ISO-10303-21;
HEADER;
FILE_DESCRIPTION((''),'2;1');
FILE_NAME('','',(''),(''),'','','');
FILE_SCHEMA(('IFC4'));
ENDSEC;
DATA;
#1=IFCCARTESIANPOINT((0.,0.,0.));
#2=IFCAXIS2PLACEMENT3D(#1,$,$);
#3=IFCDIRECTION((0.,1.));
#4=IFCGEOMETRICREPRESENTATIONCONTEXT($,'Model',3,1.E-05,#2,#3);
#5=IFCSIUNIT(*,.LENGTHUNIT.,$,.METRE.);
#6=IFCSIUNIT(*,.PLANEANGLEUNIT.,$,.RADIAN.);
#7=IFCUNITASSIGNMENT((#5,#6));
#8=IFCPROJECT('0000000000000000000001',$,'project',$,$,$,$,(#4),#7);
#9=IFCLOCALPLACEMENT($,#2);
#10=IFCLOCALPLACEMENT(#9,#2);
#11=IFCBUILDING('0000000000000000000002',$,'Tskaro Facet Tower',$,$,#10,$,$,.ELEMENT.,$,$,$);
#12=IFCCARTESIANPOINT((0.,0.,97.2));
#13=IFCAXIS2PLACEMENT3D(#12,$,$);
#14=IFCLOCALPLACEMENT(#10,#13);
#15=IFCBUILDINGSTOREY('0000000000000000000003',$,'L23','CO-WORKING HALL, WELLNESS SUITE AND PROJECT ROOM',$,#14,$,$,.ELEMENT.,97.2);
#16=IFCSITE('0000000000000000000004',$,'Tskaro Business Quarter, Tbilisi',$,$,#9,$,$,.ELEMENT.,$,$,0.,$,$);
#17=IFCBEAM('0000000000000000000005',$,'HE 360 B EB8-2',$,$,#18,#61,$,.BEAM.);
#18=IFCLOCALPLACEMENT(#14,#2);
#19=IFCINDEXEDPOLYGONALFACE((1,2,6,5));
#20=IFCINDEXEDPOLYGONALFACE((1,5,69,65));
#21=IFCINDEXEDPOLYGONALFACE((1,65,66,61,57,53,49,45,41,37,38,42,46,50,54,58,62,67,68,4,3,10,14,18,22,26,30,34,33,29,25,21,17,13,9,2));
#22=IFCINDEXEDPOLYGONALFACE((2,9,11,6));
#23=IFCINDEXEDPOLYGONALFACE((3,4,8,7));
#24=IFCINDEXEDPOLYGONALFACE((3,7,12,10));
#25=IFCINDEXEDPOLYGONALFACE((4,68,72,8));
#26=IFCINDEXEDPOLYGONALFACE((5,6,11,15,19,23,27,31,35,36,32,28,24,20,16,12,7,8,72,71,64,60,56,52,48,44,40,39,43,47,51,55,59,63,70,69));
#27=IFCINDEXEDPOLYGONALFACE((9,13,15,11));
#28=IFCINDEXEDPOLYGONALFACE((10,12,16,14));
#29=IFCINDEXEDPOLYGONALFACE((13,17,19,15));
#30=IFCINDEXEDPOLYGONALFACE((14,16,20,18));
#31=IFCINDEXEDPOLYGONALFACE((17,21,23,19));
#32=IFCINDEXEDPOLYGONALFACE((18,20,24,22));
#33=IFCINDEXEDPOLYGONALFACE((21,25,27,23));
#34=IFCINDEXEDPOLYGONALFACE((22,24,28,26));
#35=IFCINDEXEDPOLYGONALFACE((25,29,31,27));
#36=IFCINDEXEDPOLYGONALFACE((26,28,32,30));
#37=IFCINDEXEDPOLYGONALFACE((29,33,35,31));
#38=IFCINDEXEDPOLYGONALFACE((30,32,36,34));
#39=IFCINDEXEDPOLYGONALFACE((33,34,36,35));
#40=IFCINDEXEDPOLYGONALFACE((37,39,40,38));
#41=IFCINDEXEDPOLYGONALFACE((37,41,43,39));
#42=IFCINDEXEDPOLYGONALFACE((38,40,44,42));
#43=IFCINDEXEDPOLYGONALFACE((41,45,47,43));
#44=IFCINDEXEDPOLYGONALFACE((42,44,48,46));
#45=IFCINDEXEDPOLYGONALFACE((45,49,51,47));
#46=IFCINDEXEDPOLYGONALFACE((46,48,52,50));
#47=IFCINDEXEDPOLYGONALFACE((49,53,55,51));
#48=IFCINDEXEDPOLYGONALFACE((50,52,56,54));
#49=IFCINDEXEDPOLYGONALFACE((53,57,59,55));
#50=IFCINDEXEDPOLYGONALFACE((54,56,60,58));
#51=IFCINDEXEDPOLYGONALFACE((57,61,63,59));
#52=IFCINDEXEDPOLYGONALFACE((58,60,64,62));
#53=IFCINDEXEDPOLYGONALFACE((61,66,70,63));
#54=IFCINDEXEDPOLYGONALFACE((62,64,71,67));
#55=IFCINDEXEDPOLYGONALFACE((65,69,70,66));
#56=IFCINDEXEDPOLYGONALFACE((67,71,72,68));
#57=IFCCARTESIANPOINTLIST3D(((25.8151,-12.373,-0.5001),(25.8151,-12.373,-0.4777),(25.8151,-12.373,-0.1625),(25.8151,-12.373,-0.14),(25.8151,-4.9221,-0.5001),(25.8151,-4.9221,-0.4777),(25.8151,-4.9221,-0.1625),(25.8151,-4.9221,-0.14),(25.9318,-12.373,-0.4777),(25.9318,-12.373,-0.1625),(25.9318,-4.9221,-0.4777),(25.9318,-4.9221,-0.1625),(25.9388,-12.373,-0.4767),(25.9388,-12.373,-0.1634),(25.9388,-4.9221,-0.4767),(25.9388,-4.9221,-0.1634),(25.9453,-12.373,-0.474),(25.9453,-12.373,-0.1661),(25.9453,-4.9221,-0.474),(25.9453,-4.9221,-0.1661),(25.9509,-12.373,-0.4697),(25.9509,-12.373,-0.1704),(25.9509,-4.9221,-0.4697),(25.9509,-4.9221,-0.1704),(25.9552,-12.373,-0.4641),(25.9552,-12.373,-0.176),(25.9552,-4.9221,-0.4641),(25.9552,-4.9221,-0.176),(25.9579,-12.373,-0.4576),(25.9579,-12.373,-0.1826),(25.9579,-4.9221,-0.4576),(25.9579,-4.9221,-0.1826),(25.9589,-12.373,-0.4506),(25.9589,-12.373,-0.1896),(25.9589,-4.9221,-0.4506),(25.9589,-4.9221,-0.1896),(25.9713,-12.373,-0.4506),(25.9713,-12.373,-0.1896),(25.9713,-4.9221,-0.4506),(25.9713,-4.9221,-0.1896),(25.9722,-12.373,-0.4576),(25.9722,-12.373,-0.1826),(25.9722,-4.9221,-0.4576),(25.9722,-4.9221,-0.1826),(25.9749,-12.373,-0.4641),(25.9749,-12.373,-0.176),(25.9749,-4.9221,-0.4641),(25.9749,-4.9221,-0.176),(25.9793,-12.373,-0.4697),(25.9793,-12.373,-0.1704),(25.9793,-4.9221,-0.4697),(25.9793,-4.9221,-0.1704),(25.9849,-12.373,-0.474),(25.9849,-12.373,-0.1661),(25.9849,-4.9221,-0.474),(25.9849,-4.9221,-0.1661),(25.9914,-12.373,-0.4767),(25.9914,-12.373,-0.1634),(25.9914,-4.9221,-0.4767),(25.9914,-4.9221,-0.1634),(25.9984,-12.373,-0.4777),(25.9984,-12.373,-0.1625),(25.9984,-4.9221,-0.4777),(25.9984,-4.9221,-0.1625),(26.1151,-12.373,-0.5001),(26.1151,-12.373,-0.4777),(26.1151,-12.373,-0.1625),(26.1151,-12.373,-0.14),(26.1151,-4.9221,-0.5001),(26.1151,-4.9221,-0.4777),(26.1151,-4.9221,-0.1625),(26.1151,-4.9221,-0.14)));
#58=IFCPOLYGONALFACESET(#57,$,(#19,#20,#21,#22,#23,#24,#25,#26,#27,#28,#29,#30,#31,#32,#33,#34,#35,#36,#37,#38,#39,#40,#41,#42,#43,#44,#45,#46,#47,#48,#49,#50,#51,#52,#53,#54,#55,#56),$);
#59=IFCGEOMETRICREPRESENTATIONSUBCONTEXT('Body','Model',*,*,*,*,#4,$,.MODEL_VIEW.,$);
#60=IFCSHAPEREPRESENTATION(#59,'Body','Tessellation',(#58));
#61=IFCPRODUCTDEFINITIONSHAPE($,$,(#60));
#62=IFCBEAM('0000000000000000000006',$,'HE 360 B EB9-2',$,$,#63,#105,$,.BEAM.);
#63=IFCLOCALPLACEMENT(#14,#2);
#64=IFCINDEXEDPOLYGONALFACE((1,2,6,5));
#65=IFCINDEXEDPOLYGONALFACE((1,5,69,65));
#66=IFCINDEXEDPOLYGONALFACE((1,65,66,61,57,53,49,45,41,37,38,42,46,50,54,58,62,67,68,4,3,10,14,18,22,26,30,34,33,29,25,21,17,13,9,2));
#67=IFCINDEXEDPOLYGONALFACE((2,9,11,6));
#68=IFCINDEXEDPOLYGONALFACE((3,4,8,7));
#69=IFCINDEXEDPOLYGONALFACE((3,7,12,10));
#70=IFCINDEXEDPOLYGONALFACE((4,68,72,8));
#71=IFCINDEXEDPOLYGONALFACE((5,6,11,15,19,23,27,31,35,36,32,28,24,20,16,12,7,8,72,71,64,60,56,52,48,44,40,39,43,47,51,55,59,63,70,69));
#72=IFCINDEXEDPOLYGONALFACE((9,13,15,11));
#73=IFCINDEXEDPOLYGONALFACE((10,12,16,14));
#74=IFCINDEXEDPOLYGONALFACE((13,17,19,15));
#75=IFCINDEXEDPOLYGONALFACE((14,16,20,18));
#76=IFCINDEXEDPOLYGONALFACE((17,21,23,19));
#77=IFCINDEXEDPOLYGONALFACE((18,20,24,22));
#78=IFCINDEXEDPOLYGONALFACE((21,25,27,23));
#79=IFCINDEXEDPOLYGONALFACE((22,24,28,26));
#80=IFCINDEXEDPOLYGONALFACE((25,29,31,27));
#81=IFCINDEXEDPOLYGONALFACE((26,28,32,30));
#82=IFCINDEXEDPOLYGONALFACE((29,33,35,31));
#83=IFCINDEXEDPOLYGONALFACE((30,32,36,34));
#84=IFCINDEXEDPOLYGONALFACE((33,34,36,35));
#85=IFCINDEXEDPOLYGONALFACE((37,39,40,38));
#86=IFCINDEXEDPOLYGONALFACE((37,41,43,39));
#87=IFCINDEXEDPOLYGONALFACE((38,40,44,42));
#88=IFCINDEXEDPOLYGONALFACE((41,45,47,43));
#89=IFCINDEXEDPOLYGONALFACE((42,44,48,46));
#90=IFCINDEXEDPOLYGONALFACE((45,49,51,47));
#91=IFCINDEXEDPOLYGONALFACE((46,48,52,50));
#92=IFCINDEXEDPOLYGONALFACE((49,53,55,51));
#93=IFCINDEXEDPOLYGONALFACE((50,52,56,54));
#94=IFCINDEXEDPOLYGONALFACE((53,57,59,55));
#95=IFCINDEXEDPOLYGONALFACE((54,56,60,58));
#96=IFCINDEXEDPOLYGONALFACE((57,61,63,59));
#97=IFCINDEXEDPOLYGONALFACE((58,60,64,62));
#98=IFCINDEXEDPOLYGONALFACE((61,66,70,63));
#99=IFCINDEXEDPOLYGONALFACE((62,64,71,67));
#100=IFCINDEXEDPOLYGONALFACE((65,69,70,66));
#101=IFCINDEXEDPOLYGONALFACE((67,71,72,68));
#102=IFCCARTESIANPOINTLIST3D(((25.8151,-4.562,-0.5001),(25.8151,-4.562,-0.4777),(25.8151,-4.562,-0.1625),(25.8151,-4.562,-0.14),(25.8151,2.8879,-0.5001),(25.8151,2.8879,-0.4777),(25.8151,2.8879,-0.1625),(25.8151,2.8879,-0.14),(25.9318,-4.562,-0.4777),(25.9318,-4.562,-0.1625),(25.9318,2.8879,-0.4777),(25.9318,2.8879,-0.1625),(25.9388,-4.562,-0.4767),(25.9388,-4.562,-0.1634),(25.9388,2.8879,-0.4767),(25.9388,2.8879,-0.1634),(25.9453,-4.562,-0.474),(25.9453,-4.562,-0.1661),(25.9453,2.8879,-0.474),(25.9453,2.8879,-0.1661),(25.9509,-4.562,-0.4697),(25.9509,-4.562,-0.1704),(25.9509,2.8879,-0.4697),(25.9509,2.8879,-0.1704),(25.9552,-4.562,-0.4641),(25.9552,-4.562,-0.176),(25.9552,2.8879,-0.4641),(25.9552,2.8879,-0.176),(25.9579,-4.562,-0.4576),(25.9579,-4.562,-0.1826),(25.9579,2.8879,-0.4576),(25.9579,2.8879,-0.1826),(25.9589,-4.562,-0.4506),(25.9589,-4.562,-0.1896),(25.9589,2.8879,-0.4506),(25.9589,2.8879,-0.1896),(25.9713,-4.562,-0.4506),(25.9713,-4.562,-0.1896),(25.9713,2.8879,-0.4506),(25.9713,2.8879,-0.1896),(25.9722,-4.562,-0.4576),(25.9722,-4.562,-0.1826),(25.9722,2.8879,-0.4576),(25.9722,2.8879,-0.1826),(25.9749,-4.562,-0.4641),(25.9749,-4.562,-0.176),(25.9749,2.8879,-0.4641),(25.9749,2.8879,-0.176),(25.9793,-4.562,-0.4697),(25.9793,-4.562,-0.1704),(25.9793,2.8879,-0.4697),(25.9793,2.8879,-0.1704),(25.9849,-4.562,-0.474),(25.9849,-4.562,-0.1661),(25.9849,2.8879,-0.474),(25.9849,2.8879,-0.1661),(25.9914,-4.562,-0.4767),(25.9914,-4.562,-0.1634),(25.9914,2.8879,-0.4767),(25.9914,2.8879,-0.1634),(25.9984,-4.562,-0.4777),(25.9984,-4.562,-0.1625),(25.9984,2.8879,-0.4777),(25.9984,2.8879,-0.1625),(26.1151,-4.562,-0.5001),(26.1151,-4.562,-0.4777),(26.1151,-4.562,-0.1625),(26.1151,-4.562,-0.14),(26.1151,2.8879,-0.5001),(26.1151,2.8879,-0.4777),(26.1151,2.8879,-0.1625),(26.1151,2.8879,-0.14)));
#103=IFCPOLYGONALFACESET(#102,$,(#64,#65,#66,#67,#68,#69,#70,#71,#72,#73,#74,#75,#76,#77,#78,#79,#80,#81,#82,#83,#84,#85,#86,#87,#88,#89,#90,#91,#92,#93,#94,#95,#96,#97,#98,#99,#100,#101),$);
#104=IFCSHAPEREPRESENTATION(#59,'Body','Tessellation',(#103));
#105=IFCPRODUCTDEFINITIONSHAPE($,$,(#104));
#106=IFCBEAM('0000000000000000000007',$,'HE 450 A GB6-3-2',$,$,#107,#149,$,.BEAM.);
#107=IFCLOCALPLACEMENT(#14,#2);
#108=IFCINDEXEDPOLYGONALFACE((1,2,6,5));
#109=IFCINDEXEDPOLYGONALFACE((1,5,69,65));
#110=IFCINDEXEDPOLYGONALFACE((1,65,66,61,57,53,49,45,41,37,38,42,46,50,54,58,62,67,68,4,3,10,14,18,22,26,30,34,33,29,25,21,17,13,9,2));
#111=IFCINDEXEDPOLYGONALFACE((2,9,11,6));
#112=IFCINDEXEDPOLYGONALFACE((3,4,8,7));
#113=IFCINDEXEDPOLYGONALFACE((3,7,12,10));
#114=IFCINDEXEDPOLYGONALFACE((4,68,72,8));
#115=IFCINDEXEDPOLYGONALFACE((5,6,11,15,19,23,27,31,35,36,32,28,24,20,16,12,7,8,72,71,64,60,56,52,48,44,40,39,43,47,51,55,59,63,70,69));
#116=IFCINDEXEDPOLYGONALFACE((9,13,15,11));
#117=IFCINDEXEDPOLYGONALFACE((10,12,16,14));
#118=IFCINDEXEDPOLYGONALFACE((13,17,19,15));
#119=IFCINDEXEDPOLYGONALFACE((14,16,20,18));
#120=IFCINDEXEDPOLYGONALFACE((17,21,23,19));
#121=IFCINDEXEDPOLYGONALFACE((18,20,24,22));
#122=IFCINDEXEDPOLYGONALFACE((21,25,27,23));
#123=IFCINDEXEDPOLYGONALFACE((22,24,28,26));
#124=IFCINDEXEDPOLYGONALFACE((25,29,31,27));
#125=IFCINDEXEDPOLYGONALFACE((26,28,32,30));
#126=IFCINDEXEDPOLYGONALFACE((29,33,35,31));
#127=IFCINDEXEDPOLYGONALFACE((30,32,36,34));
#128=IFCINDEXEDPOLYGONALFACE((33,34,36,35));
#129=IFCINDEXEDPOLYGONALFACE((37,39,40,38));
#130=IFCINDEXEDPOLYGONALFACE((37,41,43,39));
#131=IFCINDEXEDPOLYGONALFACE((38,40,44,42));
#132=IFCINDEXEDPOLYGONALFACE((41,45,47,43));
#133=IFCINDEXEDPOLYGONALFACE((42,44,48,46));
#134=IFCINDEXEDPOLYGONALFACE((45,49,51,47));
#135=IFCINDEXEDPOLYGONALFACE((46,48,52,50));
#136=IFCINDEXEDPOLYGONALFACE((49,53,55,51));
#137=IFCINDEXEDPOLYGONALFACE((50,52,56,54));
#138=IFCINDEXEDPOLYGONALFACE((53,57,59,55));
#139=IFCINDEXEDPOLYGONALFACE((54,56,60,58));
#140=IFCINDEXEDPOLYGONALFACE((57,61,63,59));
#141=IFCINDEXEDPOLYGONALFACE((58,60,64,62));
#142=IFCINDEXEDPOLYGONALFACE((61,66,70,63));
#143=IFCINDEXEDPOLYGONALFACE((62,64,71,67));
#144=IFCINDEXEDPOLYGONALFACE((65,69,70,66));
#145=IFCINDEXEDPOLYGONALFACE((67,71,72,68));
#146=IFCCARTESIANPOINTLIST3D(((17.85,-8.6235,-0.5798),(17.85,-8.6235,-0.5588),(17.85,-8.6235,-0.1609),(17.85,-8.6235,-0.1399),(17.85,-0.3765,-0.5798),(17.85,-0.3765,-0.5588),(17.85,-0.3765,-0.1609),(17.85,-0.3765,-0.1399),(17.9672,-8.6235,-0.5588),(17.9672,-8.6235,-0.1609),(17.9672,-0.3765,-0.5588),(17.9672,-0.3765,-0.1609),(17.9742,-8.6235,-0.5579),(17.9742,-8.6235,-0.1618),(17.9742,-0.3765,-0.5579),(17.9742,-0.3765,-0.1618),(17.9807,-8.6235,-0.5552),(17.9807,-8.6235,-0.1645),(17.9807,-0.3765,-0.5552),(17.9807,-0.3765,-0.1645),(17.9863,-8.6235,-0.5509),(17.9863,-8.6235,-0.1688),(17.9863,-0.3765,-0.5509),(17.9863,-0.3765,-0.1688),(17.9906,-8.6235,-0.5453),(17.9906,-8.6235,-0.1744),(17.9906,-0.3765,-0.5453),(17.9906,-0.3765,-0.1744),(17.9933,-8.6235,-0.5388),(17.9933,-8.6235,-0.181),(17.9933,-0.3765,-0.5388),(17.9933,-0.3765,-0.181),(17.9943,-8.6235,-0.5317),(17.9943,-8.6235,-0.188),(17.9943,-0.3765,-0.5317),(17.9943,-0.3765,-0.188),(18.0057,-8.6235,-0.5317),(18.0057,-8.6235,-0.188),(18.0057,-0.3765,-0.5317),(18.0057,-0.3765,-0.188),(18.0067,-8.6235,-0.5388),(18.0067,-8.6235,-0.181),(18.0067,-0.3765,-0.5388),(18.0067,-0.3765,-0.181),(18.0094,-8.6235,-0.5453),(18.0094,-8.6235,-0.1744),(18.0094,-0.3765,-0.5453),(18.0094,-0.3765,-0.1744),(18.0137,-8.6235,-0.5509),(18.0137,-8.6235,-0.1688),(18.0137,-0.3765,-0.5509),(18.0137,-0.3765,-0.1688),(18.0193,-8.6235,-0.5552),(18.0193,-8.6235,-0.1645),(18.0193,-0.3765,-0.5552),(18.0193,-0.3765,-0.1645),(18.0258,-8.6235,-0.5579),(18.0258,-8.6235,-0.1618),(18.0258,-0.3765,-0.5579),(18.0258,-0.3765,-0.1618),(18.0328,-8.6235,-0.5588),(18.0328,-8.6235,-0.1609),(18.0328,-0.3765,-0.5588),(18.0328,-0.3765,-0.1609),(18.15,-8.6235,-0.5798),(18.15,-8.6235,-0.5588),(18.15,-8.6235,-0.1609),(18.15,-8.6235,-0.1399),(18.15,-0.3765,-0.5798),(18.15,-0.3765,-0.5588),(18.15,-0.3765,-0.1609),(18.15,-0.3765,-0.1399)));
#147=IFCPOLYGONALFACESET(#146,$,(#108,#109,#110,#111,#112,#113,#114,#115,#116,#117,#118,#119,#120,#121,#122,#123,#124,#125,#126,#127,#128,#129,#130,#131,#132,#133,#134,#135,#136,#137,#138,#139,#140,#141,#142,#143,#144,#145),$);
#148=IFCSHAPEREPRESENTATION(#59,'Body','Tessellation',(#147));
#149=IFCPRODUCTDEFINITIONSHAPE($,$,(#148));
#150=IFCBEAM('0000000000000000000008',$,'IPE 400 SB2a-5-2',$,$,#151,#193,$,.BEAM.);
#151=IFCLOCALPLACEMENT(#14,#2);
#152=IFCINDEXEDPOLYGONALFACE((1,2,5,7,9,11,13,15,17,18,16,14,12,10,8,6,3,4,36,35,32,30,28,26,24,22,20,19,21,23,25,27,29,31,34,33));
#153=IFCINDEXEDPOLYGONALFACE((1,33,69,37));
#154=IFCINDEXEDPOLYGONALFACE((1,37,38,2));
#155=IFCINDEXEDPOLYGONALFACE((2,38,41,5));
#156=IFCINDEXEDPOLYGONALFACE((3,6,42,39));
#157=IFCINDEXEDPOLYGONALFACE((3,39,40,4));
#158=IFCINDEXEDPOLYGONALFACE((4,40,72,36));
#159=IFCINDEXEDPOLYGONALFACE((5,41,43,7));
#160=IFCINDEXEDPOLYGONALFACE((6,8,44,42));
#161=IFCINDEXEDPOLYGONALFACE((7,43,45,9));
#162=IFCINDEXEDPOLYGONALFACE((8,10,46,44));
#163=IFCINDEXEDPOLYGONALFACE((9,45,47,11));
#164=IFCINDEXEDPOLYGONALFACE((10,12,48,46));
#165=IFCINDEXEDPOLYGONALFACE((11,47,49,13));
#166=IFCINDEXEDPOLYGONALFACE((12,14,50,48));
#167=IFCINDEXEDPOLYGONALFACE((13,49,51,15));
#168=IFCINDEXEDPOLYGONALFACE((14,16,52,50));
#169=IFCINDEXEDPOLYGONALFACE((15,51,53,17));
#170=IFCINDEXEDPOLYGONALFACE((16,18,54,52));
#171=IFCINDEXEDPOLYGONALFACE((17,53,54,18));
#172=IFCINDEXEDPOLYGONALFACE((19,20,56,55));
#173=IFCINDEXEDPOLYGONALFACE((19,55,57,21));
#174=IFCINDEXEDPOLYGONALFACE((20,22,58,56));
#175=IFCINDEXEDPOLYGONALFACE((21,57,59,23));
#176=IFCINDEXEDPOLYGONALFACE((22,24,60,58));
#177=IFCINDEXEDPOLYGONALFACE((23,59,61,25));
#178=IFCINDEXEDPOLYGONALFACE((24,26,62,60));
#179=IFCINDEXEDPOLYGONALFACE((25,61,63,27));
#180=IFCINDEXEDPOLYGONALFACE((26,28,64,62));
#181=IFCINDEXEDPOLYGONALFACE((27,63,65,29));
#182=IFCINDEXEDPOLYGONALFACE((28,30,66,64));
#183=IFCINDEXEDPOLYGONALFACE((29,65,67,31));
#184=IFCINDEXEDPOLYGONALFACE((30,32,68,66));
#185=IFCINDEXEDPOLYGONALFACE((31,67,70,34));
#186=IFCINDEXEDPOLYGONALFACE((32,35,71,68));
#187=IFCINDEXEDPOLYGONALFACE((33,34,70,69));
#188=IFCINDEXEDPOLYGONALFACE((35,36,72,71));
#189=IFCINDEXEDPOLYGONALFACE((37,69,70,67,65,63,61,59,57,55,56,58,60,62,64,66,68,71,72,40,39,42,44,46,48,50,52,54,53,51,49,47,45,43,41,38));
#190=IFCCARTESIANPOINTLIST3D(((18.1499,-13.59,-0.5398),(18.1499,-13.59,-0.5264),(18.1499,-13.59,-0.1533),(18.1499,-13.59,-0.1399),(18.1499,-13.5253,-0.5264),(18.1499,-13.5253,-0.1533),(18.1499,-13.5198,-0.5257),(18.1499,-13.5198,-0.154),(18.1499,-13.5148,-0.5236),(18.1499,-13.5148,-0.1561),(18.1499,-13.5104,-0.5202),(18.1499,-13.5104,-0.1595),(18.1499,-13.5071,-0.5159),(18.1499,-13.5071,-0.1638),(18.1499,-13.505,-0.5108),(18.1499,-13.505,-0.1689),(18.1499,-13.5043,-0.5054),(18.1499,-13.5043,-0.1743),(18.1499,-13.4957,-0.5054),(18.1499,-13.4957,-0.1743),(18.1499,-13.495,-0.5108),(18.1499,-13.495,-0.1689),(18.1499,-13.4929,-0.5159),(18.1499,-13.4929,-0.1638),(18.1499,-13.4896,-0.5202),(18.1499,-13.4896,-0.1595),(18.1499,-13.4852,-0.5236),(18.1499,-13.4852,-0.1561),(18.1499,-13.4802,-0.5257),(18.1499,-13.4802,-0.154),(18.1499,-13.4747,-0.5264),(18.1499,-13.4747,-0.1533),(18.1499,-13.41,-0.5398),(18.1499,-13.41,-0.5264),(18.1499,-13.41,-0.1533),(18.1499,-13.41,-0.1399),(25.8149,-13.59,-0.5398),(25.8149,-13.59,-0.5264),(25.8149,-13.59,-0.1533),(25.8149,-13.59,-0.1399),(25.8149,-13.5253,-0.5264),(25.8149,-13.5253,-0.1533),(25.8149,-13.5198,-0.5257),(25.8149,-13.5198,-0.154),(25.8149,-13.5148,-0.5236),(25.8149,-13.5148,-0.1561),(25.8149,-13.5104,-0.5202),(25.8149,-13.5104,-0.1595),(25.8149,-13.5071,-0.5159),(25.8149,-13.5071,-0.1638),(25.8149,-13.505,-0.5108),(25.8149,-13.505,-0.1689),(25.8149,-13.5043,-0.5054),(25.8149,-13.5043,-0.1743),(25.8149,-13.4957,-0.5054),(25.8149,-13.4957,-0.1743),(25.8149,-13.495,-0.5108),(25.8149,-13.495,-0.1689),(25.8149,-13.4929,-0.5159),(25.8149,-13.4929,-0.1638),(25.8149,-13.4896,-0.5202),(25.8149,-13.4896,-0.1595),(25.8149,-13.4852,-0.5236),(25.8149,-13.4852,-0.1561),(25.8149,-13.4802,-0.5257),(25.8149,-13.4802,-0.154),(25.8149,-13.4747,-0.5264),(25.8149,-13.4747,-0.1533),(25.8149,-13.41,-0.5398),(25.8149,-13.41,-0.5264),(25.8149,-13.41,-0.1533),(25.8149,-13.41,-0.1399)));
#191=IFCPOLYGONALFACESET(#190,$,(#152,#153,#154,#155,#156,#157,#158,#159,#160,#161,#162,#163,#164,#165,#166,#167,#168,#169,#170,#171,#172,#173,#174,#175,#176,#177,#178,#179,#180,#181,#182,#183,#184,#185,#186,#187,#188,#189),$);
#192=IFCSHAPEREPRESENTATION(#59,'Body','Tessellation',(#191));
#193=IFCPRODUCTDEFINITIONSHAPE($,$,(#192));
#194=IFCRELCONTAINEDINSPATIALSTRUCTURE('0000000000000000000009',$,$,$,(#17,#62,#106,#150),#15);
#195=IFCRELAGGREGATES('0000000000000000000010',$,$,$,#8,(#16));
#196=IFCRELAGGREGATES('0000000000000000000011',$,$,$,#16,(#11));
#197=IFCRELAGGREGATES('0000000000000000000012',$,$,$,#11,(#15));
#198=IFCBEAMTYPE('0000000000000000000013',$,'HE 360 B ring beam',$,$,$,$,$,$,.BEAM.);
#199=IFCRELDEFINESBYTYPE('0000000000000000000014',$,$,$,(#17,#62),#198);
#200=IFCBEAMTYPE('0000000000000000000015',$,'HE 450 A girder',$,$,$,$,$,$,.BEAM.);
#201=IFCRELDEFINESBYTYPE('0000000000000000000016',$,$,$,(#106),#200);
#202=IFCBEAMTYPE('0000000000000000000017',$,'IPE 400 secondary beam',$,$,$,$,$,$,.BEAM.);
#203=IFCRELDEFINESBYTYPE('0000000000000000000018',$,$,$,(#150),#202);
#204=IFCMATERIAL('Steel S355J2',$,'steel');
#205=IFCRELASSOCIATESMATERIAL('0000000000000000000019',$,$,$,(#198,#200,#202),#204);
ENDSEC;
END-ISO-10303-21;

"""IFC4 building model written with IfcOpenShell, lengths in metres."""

from ifc_helpers import new_model, si_unit, direction, frame, origin, origin_2d, place, context, subcontext, project, spatial, i_section, extrude, material, material_profile, profile_set, type_object, element, save


model = new_model("IFC4")

# Units and contexts
model_context = context("Model", 3, precision=1e-05, world=origin(), true_north=direction((0.0, 1.0)))
body_context = subcontext(model_context, "Body", "Model", "MODEL_VIEW")
ifc_project = project(units=[si_unit("LENGTHUNIT", "METRE"), si_unit("PLANEANGLEUNIT", "RADIAN")], contexts=[model_context])

# Site, building, storey
site_placement = place(None, origin())
site = spatial("IfcSite", under=ifc_project, at=site_placement, Name="Tskaro Business Quarter, Tbilisi", CompositionType="ELEMENT", RefElevation=0.0)
building_placement = place(site_placement, origin())
building = spatial("IfcBuilding", under=site, at=building_placement, Name="Tskaro Facet Tower", CompositionType="ELEMENT")
storey_placement = place(building_placement, frame((0.0, 0.0, 97.2)))
storey = spatial("IfcBuildingStorey", under=building, at=storey_placement, Name="L23", Description="CO-WORKING HALL, WELLNESS SUITE AND PROJECT ROOM", CompositionType="ELEMENT", Elevation=97.2)

# Beams
ifc_material_1 = material(Name="Steel S355J2", Category="steel")
ifc_material_profile_1 = material_profile(ifc_material_1, i_section(OverallWidth=0.3, OverallDepth=0.3601, WebThickness=0.0125, FlangeThickness=0.0225, FilletRadius=0.0271, at=origin_2d()), Name="HE 360 B")
ifc_profile_set_1 = profile_set([ifc_material_profile_1], Name="Steel S355J2")
beam_type_1 = type_object("IfcBeamType", Name="HE 360 B ring beam", PredefinedType="BEAM", material=ifc_profile_set_1)
beam_1_placement = place(storey_placement, frame((25.9651, -12.373, -0.3201), z_axis=(0.0, 1.0, 0.0), x_axis=(-1.0, 0.0, 0.0)))
element("IfcBeam", 1, at=beam_1_placement, inside=storey, type_object=beam_type_1, Name="HE 360 B EB8-2", PredefinedType="BEAM", context=body_context, shape_type="SweptSolid", body=[
    extrude(i_section(OverallWidth=0.3, OverallDepth=0.3601, WebThickness=0.0125, FlangeThickness=0.0225, FilletRadius=0.0271, at=origin_2d()), origin(), (0.0, 0.0, 1.0), 7.4509),
])
beam_2_placement = place(storey_placement, frame((25.9651, -4.562, -0.3201), z_axis=(0.0, 1.0, 0.0), x_axis=(-1.0, 0.0, 0.0)))
element("IfcBeam", 2, at=beam_2_placement, inside=storey, type_object=beam_type_1, Name="HE 360 B EB9-2", PredefinedType="BEAM", context=body_context, shape_type="SweptSolid", body=[
    extrude(i_section(OverallWidth=0.3, OverallDepth=0.3601, WebThickness=0.0125, FlangeThickness=0.0225, FilletRadius=0.0271, at=origin_2d()), origin(), (0.0, 0.0, 1.0), 7.45),
])
ifc_material_profile_2 = material_profile(ifc_material_1, i_section(OverallWidth=0.3, OverallDepth=0.4399, WebThickness=0.0115, FlangeThickness=0.021, FilletRadius=0.0271, at=origin_2d()), Name="HE 450 A")
ifc_profile_set_2 = profile_set([ifc_material_profile_2], Name="Steel S355J2")
beam_type_2 = type_object("IfcBeamType", Name="HE 450 A girder", PredefinedType="BEAM", material=ifc_profile_set_2)
beam_3_placement = place(storey_placement, frame((18.0, -8.6235, -0.3599), z_axis=(0.0, 1.0, 0.0), x_axis=(-1.0, 0.0, 0.0)))
element("IfcBeam", 3, at=beam_3_placement, inside=storey, type_object=beam_type_2, Name="HE 450 A GB6-3-2", PredefinedType="BEAM", context=body_context, shape_type="SweptSolid", body=[
    extrude(i_section(OverallWidth=0.3, OverallDepth=0.4399, WebThickness=0.0115, FlangeThickness=0.021, FilletRadius=0.0271, at=origin_2d()), origin(), (0.0, 0.0, 1.0), 8.2471),
])
ifc_material_profile_3 = material_profile(ifc_material_1, i_section(OverallWidth=0.1799, OverallDepth=0.3999, WebThickness=0.0085, FlangeThickness=0.0134, FilletRadius=0.021, at=origin_2d()), Name="IPE 400")
ifc_profile_set_3 = profile_set([ifc_material_profile_3], Name="Steel S355J2")
beam_type_3 = type_object("IfcBeamType", Name="IPE 400 secondary beam", PredefinedType="BEAM", material=ifc_profile_set_3)
for number, where, z_axis, x_axis, name in (
    (4, (18.1499, -13.5, -0.3398), (1.0, 0.0, 0.0), (0.0, 1.0, 0.0), "IPE 400 SB2a-5-2"),
):
    element("IfcBeam", number, at=place(storey_placement, frame(where, z_axis=z_axis, x_axis=x_axis)), inside=storey, type_object=beam_type_3, Name=name, PredefinedType="BEAM", context=body_context, shape_type="SweptSolid", body=[
        extrude(i_section(OverallWidth=0.1799, OverallDepth=0.3999, WebThickness=0.0085, FlangeThickness=0.0134, FilletRadius=0.021, at=origin_2d()), origin(), (0.0, 0.0, 1.0), 7.665),
    ])

save(model, "model.ifc")
